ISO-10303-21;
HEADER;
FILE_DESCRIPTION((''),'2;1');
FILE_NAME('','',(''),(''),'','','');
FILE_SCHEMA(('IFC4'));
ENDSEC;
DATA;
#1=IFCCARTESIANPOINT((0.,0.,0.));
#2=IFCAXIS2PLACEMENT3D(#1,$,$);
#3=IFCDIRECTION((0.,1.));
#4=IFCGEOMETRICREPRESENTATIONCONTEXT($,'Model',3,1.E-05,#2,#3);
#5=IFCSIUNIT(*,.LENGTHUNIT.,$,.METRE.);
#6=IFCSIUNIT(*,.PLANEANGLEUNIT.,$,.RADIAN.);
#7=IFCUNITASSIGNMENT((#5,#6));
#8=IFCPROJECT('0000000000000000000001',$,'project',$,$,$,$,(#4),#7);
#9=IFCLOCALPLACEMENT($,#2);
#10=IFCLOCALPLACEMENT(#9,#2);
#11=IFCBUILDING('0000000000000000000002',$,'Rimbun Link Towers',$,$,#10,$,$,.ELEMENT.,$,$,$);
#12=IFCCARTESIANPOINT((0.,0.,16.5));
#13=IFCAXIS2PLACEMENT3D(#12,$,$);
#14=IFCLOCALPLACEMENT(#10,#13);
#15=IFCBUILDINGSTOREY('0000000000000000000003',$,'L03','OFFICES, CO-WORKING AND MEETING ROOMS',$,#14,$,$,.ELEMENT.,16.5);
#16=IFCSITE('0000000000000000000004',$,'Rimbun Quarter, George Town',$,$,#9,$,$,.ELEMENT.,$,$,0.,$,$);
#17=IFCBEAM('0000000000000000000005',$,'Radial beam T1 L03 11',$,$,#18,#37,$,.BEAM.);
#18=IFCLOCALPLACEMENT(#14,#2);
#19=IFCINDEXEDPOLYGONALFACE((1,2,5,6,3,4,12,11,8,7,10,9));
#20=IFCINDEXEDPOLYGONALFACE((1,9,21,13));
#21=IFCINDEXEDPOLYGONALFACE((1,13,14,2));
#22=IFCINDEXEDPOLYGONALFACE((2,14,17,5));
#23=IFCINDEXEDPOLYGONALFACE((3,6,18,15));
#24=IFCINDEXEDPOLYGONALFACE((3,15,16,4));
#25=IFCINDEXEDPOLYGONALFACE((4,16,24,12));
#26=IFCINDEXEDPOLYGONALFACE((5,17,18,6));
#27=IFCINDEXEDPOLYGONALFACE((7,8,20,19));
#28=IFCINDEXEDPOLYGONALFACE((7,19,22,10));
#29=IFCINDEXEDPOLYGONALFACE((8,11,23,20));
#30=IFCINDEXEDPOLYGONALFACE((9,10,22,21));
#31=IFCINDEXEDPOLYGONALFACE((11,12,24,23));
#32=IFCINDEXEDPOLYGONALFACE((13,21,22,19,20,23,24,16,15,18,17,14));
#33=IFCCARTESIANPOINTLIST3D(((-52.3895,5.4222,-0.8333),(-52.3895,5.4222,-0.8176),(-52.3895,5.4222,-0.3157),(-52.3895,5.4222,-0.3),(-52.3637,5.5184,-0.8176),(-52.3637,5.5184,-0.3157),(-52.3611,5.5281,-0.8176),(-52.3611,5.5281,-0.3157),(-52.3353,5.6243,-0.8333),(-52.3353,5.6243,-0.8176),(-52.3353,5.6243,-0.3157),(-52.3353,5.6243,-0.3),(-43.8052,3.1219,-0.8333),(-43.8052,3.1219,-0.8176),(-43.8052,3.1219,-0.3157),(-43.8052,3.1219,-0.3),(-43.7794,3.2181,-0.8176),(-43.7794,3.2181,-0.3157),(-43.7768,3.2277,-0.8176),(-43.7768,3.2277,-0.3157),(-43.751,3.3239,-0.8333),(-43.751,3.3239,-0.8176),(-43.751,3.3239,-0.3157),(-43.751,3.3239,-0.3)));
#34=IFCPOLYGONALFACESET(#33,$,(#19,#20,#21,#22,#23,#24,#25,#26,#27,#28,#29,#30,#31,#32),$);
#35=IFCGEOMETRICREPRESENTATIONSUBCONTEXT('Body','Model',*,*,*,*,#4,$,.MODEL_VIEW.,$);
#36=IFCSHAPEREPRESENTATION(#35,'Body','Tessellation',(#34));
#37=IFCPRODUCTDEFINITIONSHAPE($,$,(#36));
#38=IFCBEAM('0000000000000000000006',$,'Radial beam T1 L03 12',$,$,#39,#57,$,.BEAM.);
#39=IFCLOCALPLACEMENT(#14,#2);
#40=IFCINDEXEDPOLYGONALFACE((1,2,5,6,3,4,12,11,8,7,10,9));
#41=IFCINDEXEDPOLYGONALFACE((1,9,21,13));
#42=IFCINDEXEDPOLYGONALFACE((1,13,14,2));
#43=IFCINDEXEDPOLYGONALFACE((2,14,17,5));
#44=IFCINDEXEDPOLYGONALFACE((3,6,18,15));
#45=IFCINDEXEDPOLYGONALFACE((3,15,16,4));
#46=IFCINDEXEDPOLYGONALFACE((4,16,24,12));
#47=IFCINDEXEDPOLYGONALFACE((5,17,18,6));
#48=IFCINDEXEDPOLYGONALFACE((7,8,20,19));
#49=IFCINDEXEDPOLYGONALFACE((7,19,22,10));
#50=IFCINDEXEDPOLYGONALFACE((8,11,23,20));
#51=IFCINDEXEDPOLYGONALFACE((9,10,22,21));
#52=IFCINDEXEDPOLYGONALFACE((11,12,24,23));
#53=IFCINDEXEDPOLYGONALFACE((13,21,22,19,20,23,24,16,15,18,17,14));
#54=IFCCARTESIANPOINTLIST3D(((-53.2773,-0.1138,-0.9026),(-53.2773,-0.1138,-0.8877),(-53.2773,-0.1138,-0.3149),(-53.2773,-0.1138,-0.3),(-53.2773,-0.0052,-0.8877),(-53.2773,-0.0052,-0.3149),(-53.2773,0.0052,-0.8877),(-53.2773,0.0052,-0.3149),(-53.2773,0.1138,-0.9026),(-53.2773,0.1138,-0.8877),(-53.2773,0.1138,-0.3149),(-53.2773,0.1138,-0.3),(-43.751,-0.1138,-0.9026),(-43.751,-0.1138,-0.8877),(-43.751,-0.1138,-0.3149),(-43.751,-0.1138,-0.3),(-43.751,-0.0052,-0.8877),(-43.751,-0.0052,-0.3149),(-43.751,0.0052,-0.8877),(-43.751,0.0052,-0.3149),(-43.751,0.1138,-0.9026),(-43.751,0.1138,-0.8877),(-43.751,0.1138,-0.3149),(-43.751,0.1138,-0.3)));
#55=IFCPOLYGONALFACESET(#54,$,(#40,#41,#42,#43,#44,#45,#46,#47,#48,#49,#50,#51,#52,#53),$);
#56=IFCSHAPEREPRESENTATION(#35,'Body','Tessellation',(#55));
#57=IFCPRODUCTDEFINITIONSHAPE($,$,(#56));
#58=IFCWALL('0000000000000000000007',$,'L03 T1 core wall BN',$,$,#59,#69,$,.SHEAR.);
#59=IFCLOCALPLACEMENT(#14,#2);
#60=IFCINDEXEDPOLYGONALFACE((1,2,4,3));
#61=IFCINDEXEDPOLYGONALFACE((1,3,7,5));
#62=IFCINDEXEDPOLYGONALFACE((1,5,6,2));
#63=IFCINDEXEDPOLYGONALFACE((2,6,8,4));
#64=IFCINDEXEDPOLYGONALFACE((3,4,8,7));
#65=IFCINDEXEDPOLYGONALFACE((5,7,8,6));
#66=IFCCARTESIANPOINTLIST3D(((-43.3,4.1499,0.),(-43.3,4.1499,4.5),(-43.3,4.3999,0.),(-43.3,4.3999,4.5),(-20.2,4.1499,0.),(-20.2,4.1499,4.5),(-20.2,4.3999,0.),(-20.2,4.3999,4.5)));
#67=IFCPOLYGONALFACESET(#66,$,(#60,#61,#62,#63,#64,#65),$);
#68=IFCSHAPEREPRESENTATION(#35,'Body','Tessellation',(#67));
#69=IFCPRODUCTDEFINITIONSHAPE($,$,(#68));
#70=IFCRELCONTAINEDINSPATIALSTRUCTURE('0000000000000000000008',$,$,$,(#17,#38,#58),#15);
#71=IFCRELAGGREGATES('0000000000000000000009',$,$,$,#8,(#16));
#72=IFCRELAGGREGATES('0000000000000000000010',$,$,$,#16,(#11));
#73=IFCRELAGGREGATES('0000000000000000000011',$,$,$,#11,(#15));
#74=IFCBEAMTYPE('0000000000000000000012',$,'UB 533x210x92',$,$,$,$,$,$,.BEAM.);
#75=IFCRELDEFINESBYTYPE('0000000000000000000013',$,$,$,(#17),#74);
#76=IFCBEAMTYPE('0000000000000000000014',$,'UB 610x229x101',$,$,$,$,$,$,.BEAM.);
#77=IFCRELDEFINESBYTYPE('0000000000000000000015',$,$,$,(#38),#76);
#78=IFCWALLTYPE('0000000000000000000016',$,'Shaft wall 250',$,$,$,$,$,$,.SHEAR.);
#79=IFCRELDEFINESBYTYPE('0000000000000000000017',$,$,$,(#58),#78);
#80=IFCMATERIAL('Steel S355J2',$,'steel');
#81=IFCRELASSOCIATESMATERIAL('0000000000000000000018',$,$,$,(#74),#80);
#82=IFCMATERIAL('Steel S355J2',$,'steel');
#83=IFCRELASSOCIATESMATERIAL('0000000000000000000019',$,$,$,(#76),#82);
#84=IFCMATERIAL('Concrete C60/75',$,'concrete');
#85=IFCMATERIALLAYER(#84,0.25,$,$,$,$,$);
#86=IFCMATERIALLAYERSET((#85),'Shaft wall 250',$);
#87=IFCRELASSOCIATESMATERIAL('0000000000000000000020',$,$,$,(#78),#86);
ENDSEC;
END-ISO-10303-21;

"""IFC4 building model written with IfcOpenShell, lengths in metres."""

from ifc_helpers import new_model, si_unit, direction, frame, frame_2d, origin, origin_2d, place, context, subcontext, project, spatial, rectangle, i_section, extrude, material, layer, layer_set, material_profile, profile_set, type_object, element, save


model = new_model("IFC4")

# Units and contexts
model_context = context("Model", 3, precision=1e-05, world=origin(), true_north=direction((0.0, 1.0)))
body_context = subcontext(model_context, "Body", "Model", "MODEL_VIEW")
ifc_project = project(units=[si_unit("LENGTHUNIT", "METRE"), si_unit("PLANEANGLEUNIT", "RADIAN")], contexts=[model_context])

# Site, building, storey
site_placement = place(None, origin())
site = spatial("IfcSite", under=ifc_project, at=site_placement, Name="Rimbun Quarter, George Town", CompositionType="ELEMENT", RefElevation=0.0)
building_placement = place(site_placement, origin())
building = spatial("IfcBuilding", under=site, at=building_placement, Name="Rimbun Link Towers", CompositionType="ELEMENT")
storey_placement = place(building_placement, frame((0.0, 0.0, 16.5)))
storey = spatial("IfcBuildingStorey", under=building, at=storey_placement, Name="L03", Description="OFFICES, CO-WORKING AND MEETING ROOMS", CompositionType="ELEMENT", Elevation=16.5)

# Beams
ifc_material_1 = material(Name="Steel S355J2", Category="steel")
ifc_material_profile_1 = material_profile(ifc_material_1, i_section(OverallWidth=0.2092, OverallDepth=0.5332, WebThickness=0.01, FlangeThickness=0.0156, at=origin_2d()), Name="UB 533x210x92")
ifc_profile_set_1 = profile_set([ifc_material_profile_1], Name="Steel S355J2")
beam_type_1 = type_object("IfcBeamType", Name="UB 533x210x92", PredefinedType="BEAM", material=ifc_profile_set_1)
beam_1_placement = place(storey_placement, frame((-43.7781, 3.2229, -0.5667), z_axis=(-0.965921, 0.258835, 0.0), x_axis=(-0.258835, -0.965921, 0.0)))
element("IfcBeam", 1, at=beam_1_placement, inside=storey, type_object=beam_type_1, Name="Radial beam T1 L03 11", PredefinedType="BEAM", context=body_context, shape_type="SweptSolid", body=[
    extrude(i_section(OverallWidth=0.2092, OverallDepth=0.5332, WebThickness=0.01, FlangeThickness=0.0156, at=origin_2d()), origin(), (0.0, 0.0, 1.0), 8.8872),
])
ifc_material_2 = material(Name="Steel S355J2", Category="steel")
ifc_material_profile_2 = material_profile(ifc_material_2, i_section(OverallWidth=0.2275, OverallDepth=0.6025, WebThickness=0.0105, FlangeThickness=0.0149, at=origin_2d()), Name="UB 610x229x101")
ifc_profile_set_2 = profile_set([ifc_material_profile_2], Name="Steel S355J2")
beam_type_2 = type_object("IfcBeamType", Name="UB 610x229x101", PredefinedType="BEAM", material=ifc_profile_set_2)
beam_2_placement = place(storey_placement, frame((-43.751, 0.0, -0.6013), z_axis=(-1.0, 0.0, 0.0), x_axis=(0.0, -1.0, 0.0)))
element("IfcBeam", 2, at=beam_2_placement, inside=storey, type_object=beam_type_2, Name="Radial beam T1 L03 12", PredefinedType="BEAM", context=body_context, shape_type="SweptSolid", body=[
    extrude(i_section(OverallWidth=0.2275, OverallDepth=0.6025, WebThickness=0.0105, FlangeThickness=0.0149, at=origin_2d()), origin(), (0.0, 0.0, 1.0), 9.5264),
])

# Wall
ifc_material_3 = material(Name="Concrete C60/75", Category="concrete")
ifc_layer = layer(ifc_material_3, 0.25)
ifc_layer_set = layer_set([ifc_layer], Name="Shaft wall 250")
wall_type = type_object("IfcWallType", Name="Shaft wall 250", PredefinedType="SHEAR", material=ifc_layer_set)
wall_1_placement = place(storey_placement, frame((-43.3, 4.2749, 0.0), z_axis=(0.0, 0.0, 1.0), x_axis=(1.0, 0.0, 0.0)))
element("IfcWall", 3, at=wall_1_placement, inside=storey, type_object=wall_type, Name="L03 T1 core wall BN", PredefinedType="SHEAR", context=body_context, shape_type="SweptSolid", body=[
    extrude(rectangle(XDim=23.1001, YDim=0.25, at=frame_2d((11.55, 0.0))), origin(), (0.0, 0.0, 1.0), 4.5),
])

save(model, "model.ifc")
